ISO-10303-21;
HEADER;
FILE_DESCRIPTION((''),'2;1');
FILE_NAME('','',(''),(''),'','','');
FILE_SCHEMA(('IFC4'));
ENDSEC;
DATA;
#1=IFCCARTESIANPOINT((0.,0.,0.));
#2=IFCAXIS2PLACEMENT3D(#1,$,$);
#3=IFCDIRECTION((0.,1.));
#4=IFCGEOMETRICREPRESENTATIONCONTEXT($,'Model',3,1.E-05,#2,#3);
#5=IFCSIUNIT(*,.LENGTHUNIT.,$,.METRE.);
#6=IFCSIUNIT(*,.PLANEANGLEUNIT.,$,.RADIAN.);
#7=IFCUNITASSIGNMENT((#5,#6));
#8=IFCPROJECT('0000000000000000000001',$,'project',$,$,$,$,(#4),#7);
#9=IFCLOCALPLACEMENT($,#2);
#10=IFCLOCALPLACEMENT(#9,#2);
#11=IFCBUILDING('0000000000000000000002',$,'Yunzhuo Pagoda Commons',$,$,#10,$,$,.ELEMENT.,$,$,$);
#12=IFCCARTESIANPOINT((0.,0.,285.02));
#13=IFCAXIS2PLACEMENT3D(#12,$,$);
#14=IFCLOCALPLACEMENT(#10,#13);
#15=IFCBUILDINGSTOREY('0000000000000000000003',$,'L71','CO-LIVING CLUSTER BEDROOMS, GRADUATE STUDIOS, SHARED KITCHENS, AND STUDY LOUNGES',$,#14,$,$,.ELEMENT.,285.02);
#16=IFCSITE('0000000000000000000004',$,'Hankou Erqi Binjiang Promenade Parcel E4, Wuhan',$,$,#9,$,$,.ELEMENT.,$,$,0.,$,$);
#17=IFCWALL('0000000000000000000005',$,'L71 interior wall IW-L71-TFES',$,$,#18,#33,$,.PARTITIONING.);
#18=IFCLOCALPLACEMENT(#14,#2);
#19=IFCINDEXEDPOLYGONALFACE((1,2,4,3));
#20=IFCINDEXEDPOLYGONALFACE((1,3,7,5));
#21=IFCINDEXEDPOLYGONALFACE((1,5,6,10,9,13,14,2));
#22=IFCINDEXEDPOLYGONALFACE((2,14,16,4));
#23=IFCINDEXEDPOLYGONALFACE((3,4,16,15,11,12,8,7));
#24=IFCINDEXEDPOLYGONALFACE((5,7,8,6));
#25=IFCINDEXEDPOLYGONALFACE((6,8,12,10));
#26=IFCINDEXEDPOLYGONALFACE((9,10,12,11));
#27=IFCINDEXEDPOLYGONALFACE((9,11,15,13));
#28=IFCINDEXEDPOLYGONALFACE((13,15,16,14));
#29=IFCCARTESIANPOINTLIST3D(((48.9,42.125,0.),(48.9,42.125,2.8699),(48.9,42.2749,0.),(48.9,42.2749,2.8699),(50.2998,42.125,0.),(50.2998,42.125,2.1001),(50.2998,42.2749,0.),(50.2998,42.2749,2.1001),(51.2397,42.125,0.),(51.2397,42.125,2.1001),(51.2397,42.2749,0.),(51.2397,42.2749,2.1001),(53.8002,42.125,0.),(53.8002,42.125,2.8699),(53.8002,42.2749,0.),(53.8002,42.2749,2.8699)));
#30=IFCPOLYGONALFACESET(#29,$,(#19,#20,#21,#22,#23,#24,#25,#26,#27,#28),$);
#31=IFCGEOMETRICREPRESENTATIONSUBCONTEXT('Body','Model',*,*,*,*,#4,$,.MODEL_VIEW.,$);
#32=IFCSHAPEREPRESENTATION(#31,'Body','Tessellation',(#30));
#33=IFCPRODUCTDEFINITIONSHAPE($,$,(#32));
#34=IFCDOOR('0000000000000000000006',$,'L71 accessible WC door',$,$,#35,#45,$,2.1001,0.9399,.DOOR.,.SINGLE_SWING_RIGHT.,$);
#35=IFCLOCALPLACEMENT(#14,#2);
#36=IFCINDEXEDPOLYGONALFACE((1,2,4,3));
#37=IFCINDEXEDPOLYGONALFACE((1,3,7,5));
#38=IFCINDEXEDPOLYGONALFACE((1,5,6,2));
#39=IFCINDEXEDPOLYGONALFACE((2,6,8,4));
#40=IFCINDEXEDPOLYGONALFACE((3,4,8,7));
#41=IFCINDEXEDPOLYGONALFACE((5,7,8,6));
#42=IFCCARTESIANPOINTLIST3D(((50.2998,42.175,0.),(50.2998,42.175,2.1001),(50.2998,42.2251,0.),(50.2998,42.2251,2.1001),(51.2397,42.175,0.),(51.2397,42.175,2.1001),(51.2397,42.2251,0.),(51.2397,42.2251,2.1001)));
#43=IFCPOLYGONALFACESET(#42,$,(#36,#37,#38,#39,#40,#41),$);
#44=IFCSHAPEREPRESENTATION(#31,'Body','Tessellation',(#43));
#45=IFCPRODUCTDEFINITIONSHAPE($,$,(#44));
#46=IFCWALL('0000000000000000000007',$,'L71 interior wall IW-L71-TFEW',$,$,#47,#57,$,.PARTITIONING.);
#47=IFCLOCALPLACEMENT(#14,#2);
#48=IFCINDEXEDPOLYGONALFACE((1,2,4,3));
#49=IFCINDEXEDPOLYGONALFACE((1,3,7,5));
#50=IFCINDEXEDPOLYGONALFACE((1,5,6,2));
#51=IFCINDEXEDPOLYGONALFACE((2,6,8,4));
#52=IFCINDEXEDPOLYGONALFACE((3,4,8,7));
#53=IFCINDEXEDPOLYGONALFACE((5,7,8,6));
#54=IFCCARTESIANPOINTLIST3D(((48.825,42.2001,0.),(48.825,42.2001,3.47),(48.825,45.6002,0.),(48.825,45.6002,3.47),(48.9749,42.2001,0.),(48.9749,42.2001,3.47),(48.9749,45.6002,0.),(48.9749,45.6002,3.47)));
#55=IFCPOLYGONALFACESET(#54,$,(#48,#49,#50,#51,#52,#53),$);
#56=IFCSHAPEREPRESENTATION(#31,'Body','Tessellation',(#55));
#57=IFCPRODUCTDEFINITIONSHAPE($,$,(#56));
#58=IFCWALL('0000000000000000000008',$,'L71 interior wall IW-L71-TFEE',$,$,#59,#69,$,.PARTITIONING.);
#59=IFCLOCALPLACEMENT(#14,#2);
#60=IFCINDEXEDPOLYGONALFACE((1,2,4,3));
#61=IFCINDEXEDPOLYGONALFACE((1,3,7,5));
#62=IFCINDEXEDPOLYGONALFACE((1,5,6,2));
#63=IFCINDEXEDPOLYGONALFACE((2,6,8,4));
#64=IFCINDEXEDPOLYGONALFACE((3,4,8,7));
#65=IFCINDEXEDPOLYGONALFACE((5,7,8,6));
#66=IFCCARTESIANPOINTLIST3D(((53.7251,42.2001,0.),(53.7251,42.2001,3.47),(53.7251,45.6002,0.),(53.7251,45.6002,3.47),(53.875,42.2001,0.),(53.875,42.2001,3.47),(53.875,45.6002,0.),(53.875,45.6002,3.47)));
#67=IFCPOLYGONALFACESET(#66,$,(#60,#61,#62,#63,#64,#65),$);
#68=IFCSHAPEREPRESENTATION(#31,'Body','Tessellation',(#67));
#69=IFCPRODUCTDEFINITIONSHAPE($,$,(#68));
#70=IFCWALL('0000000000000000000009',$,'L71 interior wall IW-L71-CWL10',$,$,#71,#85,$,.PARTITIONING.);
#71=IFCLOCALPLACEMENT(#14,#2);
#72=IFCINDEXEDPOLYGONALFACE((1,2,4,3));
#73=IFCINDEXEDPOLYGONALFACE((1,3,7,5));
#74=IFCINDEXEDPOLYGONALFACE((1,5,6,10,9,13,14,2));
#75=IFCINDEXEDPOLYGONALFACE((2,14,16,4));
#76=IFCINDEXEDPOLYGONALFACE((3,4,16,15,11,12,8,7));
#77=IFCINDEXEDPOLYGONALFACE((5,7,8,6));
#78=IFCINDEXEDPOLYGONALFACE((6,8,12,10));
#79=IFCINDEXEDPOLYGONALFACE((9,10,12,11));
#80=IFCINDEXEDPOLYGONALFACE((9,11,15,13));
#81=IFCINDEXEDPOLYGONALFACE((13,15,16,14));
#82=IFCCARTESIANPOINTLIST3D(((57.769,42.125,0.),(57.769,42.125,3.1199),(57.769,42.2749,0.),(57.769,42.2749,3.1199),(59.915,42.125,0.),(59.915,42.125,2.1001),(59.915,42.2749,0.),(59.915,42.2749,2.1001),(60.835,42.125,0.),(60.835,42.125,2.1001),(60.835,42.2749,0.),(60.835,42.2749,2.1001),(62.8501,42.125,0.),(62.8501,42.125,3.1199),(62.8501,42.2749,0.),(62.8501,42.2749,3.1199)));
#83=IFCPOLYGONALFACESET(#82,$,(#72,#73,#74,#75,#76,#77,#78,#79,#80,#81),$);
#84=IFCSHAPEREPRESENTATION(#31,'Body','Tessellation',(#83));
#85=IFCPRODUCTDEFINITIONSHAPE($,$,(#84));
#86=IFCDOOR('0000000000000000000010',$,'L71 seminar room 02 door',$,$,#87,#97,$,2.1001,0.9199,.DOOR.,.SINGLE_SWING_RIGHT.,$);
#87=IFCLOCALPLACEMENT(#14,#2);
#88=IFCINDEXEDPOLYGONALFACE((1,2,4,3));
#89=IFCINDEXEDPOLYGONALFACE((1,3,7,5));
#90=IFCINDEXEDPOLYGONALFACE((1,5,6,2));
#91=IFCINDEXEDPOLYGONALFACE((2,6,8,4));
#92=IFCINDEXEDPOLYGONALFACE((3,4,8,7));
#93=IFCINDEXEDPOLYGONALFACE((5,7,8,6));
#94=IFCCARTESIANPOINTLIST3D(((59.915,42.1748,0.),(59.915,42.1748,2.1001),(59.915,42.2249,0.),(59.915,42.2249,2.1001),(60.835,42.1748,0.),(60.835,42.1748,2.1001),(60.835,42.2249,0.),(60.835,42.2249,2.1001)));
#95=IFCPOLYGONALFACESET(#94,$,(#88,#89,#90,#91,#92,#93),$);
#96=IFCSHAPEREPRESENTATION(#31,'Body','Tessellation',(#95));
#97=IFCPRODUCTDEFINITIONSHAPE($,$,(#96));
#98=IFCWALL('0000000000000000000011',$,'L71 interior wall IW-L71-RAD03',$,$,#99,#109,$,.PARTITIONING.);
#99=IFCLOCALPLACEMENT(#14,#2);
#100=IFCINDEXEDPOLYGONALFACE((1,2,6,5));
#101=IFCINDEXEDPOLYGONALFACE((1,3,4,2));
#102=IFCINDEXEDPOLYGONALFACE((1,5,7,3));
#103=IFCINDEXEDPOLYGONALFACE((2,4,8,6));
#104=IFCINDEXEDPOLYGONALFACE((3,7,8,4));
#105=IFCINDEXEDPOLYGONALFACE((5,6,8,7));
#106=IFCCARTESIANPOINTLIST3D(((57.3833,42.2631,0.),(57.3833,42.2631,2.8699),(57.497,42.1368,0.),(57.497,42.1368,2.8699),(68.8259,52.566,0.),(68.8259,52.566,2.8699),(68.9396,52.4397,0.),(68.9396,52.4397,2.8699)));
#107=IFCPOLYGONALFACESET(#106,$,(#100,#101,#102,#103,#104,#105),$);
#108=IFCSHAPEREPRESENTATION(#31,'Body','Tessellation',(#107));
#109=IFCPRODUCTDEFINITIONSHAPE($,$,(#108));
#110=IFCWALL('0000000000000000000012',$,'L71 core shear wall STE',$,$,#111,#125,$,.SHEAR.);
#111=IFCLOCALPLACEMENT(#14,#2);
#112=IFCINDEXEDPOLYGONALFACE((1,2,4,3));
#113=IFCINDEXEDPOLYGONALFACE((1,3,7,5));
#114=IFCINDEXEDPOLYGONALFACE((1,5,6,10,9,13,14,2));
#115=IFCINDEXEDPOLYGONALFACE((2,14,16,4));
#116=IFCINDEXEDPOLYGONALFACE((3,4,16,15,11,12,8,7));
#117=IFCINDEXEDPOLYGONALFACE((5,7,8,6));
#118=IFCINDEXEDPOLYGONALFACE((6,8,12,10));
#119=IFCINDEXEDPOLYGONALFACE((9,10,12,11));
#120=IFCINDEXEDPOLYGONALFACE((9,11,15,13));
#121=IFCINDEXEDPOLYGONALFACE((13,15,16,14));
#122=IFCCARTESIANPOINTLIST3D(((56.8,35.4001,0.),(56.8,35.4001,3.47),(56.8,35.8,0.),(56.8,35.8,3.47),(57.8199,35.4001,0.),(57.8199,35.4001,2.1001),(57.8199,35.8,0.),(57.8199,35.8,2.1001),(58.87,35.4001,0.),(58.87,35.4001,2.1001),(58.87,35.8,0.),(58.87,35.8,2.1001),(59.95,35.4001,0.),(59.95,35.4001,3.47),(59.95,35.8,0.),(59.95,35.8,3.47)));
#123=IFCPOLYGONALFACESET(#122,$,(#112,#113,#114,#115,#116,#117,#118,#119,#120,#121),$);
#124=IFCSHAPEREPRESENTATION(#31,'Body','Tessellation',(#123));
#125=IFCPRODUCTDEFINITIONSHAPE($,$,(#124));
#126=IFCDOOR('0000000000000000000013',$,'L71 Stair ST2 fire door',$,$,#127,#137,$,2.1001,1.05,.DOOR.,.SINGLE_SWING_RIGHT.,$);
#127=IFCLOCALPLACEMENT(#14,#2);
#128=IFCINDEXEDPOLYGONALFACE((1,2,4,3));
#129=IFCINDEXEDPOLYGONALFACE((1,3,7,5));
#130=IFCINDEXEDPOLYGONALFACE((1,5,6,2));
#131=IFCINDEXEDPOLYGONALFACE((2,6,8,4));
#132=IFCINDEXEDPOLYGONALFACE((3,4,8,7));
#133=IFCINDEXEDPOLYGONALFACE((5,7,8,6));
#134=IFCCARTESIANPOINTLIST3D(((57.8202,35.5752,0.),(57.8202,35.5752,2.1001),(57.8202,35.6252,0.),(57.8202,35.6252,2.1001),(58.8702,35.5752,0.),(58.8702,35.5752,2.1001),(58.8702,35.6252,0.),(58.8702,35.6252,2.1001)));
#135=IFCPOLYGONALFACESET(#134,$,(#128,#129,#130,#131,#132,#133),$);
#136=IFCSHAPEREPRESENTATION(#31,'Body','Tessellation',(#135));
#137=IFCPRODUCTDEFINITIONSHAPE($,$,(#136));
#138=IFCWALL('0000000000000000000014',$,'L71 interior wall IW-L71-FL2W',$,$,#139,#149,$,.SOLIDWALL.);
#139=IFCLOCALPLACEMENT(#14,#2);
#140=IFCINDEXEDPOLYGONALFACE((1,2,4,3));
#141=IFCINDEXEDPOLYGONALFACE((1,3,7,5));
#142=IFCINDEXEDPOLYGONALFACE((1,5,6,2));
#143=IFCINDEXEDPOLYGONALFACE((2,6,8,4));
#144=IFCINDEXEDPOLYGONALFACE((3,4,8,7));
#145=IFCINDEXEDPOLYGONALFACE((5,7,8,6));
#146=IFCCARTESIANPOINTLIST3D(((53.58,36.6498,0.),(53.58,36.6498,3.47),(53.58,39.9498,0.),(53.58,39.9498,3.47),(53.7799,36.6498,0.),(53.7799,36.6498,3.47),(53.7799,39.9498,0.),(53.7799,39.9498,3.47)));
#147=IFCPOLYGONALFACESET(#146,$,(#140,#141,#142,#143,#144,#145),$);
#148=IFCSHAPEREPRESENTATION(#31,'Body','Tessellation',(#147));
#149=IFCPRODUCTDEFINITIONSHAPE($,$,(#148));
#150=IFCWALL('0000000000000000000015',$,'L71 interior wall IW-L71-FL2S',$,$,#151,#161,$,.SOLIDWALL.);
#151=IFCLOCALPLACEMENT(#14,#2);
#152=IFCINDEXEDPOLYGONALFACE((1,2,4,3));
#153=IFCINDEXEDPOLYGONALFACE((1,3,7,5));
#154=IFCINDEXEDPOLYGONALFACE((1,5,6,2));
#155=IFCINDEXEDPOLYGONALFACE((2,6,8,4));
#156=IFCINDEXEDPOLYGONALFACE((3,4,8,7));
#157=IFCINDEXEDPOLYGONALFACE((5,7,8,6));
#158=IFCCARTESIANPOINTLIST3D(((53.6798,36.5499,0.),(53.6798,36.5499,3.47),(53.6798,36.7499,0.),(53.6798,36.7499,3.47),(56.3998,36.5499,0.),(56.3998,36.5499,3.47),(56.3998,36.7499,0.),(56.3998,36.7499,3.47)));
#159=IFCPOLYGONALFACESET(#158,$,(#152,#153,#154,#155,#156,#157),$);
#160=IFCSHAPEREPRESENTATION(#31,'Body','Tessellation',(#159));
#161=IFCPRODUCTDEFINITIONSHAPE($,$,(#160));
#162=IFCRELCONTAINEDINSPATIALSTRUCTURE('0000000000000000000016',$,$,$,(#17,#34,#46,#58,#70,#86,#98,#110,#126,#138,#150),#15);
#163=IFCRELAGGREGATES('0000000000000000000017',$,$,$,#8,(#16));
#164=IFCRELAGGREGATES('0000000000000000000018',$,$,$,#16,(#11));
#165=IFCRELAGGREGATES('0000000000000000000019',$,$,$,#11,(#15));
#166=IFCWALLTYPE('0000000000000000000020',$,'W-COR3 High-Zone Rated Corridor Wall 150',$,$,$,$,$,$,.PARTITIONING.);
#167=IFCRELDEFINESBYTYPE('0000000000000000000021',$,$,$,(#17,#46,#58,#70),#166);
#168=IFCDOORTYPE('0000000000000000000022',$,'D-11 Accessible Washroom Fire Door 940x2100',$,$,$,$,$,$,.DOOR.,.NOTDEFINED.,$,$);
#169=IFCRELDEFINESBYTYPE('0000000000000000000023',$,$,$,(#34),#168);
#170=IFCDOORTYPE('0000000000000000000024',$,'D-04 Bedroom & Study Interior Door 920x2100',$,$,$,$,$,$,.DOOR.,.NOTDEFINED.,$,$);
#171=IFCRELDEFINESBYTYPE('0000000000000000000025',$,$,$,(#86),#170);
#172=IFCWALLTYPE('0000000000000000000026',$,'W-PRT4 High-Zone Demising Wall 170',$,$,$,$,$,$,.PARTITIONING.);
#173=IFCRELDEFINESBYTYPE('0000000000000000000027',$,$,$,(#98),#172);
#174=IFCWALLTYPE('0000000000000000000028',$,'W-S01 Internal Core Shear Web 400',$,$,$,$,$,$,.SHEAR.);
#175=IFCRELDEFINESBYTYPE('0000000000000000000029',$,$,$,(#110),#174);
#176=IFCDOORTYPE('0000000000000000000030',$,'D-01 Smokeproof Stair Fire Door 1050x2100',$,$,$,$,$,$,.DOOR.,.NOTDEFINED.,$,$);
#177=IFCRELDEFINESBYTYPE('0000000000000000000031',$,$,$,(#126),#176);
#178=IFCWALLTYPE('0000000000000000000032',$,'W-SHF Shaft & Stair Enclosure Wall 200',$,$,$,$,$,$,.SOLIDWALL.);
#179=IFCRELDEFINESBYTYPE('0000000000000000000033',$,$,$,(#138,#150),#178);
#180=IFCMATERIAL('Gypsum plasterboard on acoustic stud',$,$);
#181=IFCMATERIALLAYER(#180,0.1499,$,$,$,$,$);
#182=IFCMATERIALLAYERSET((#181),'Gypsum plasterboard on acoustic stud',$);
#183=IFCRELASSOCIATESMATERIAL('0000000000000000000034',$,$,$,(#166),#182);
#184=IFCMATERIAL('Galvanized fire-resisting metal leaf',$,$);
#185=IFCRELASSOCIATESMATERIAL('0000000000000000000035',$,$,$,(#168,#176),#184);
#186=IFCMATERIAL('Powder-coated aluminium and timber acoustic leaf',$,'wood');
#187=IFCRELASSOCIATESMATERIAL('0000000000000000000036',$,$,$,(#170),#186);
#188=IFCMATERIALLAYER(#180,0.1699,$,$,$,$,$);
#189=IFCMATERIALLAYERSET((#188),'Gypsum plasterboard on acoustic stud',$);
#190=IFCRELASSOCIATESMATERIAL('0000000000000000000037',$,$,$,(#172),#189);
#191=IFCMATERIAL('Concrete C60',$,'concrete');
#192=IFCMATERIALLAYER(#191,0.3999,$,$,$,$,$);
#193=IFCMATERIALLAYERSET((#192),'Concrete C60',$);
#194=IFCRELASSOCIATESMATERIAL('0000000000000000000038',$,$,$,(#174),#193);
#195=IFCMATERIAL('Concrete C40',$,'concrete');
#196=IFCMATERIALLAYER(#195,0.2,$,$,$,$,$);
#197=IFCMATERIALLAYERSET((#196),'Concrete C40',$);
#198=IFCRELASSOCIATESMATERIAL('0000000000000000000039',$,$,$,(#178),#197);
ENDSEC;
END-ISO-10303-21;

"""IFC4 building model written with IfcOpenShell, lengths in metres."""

from ifc_helpers import new_model, si_unit, direction, frame, frame_2d, origin, origin_with_axes, place, context, subcontext, project, spatial, rectangle, extrude, source, transform, mapped, material, layer, layer_set, type_object, element, fill, save


model = new_model("IFC4")

# Units and contexts
model_context = context("Model", 3, precision=1e-05, world=origin(), true_north=direction((0.0, 1.0)))
body_context = subcontext(model_context, "Body", "Model", "MODEL_VIEW")
ifc_project = project(units=[si_unit("LENGTHUNIT", "METRE"), si_unit("PLANEANGLEUNIT", "RADIAN")], contexts=[model_context])

# Site, building, storey
site_placement = place(None, origin())
site = spatial("IfcSite", under=ifc_project, at=site_placement, Name="Hankou Erqi Binjiang Promenade Parcel E4, Wuhan", CompositionType="ELEMENT", RefElevation=0.0)
building_placement = place(site_placement, origin())
building = spatial("IfcBuilding", under=site, at=building_placement, Name="Yunzhuo Pagoda Commons", CompositionType="ELEMENT")
storey_placement = place(building_placement, frame((0.0, 0.0, 285.02)))
storey = spatial("IfcBuildingStorey", under=building, at=storey_placement, Name="L71", Description="CO-LIVING CLUSTER BEDROOMS, GRADUATE STUDIOS, SHARED KITCHENS, AND STUDY LOUNGES", CompositionType="ELEMENT", Elevation=285.02)

# Shared definitions
ifc_material_1 = material(Name="Galvanized fire-resisting metal leaf")
shared_shape_1 = source(origin(), body_context, "Body", "SweptSolid", [
    extrude(rectangle(XDim=1.05, YDim=2.1001, at=frame_2d((0.5249, 1.05))), frame((0.0, 0.0249, 0.0), z_axis=(0.0, -1.0, 0.0), x_axis=(1.0, 0.0, 0.0)), (0.0, 0.0, 1.0), 0.05),
])

# Shared definitions
ifc_material_2 = material(Name="Gypsum plasterboard on acoustic stud")
ifc_layer_1 = layer(ifc_material_2, 0.1499)
ifc_layer_set_1 = layer_set([ifc_layer_1], Name="Gypsum plasterboard on acoustic stud")
wall_type_1 = type_object("IfcWallType", Name="W-COR3 High-Zone Rated Corridor Wall 150", PredefinedType="PARTITIONING", material=ifc_layer_set_1)

# Wall, opening, door
wall_1_placement = place(storey_placement, frame((48.8999, 42.2, 0.0), z_axis=(0.0, 0.0, 1.0), x_axis=(1.0, 0.0, 0.0)))
wall_1 = element("IfcWall", 1, at=wall_1_placement, inside=storey, type_object=wall_type_1, Name="L71 interior wall IW-L71-TFES", PredefinedType="PARTITIONING", context=body_context, shape_type="SweptSolid", body=[
    extrude(rectangle(XDim=4.9001, YDim=0.1499, at=frame_2d((2.4502, 0.0))), origin(), (0.0, 0.0, 1.0), 2.8699),
])
opening_1_placement = place(wall_1_placement, frame((1.3999, 0.0, 0.0)))
opening_1 = element("IfcOpeningElement", 2, at=opening_1_placement, cuts=wall_1, PredefinedType="OPENING", context=body_context, shape_type="SweptSolid", body=[
    extrude(rectangle(XDim=0.9399, YDim=2.1001, at=frame_2d((0.47, 1.05))), frame((0.0, 0.085, 0.0), z_axis=(0.0, -1.0, 0.0), x_axis=(1.0, 0.0, 0.0)), (0.0, 0.0, 1.0), 0.1699),
])
door_type_1 = type_object("IfcDoorType", Name="D-11 Accessible Washroom Fire Door 940x2100", OperationType="NOTDEFINED", PredefinedType="DOOR", material=ifc_material_1)
shared_shape_2 = source(origin(), body_context, "Body", "SweptSolid", [
    extrude(rectangle(XDim=0.9399, YDim=2.1001, at=frame_2d((0.47, 1.05))), frame((0.0, 0.0249, 0.0), z_axis=(0.0, -1.0, 0.0), x_axis=(1.0, 0.0, 0.0)), (0.0, 0.0, 1.0), 0.05),
])
door_1_placement = place(opening_1_placement, frame((0.9399, 0.0, 0.0), z_axis=(0.0, 0.0, 1.0), x_axis=(-1.0, 0.0, 0.0)))
door_1 = element("IfcDoor", 3, at=door_1_placement, inside=storey, type_object=door_type_1, Name="L71 accessible WC door", OperationType="SINGLE_SWING_RIGHT", OverallHeight=2.1001, OverallWidth=0.9399, PredefinedType="DOOR", context=body_context, shape_type="MappedRepresentation", body=[
    mapped(shared_shape_2, transform((0.0, 0.0, 0.0), scale=1.0)),
])
fill(opening_1, door_1)

# Walls
for number, where, z_axis, x_axis, name in (
    (4, (48.8999, 42.2, 0.0), (0.0, 0.0, 1.0), (0.0, 1.0, 0.0), "L71 interior wall IW-L71-TFEW"),
    (5, (53.8, 42.2, 0.0), (0.0, 0.0, 1.0), (0.0, 1.0, 0.0), "L71 interior wall IW-L71-TFEE"),
):
    element("IfcWall", number, at=place(storey_placement, frame(where, z_axis=z_axis, x_axis=x_axis)), inside=storey, type_object=wall_type_1, Name=name, PredefinedType="PARTITIONING", context=body_context, shape_type="SweptSolid", body=[
        extrude(rectangle(XDim=3.4001, YDim=0.1499, at=frame_2d((1.7002, 0.0))), origin(), (0.0, 0.0, 1.0), 3.47),
    ])

# Wall, opening, door
wall_2_placement = place(storey_placement, frame((57.769, 42.2, 0.0), z_axis=(0.0, 0.0, 1.0), x_axis=(1.0, 0.0, 0.0)))
wall_2 = element("IfcWall", 6, at=wall_2_placement, inside=storey, type_object=wall_type_1, Name="L71 interior wall IW-L71-CWL10", PredefinedType="PARTITIONING", context=body_context, shape_type="SweptSolid", body=[
    extrude(rectangle(XDim=5.0811, YDim=0.1499, at=frame_2d((2.5405, 0.0))), origin(), (0.0, 0.0, 1.0), 3.1199),
])
opening_2_placement = place(wall_2_placement, frame((2.146, 0.0, 0.0)))
opening_2 = element("IfcOpeningElement", 7, at=opening_2_placement, cuts=wall_2, PredefinedType="OPENING", context=body_context, shape_type="SweptSolid", body=[
    extrude(rectangle(XDim=0.9199, YDim=2.1001, at=frame_2d((0.46, 1.05))), frame((0.0, 0.085, 0.0), z_axis=(0.0, -1.0, 0.0), x_axis=(1.0, 0.0, 0.0)), (0.0, 0.0, 1.0), 0.1699),
])
ifc_material_3 = material(Name="Powder-coated aluminium and timber acoustic leaf", Category="wood")
door_type_2 = type_object("IfcDoorType", Name="D-04 Bedroom & Study Interior Door 920x2100", OperationType="NOTDEFINED", PredefinedType="DOOR", material=ifc_material_3)
shared_shape_3 = source(origin(), body_context, "Body", "SweptSolid", [
    extrude(rectangle(XDim=0.9199, YDim=2.1001, at=frame_2d((0.46, 1.05))), frame((0.0, 0.0249, 0.0), z_axis=(0.0, -1.0, 0.0), x_axis=(1.0, 0.0, 0.0)), (0.0, 0.0, 1.0), 0.05),
])
door_2_placement = place(opening_2_placement, origin_with_axes())
door_2 = element("IfcDoor", 8, at=door_2_placement, inside=storey, type_object=door_type_2, Name="L71 seminar room 02 door", OperationType="SINGLE_SWING_RIGHT", OverallHeight=2.1001, OverallWidth=0.9199, PredefinedType="DOOR", context=body_context, shape_type="MappedRepresentation", body=[
    mapped(shared_shape_3, transform((0.0, 0.0, 0.0), scale=1.0)),
])
fill(opening_2, door_2)

# Wall
ifc_layer_2 = layer(ifc_material_2, 0.1699)
ifc_layer_set_2 = layer_set([ifc_layer_2], Name="Gypsum plasterboard on acoustic stud")
wall_type_2 = type_object("IfcWallType", Name="W-PRT4 High-Zone Demising Wall 170", PredefinedType="PARTITIONING", material=ifc_layer_set_2)
wall_3_placement = place(storey_placement, frame((57.4402, 42.2, 0.0), z_axis=(0.0, 0.0, 1.0), x_axis=(0.743145, 0.66913, 0.0)))
element("IfcWall", 9, at=wall_3_placement, inside=storey, type_object=wall_type_2, Name="L71 interior wall IW-L71-RAD03", PredefinedType="PARTITIONING", context=body_context, shape_type="SweptSolid", body=[
    extrude(rectangle(XDim=15.3975, YDim=0.1699, at=frame_2d((7.6987, 0.0))), origin(), (0.0, 0.0, 1.0), 2.8699),
])

# Wall, opening, door
ifc_material_4 = material(Name="Concrete C60", Category="concrete")
ifc_layer_3 = layer(ifc_material_4, 0.3999)
ifc_layer_set_3 = layer_set([ifc_layer_3], Name="Concrete C60")
wall_type_3 = type_object("IfcWallType", Name="W-S01 Internal Core Shear Web 400", PredefinedType="SHEAR", material=ifc_layer_set_3)
wall_4_placement = place(storey_placement, frame((56.8, 35.6001, 0.0), z_axis=(0.0, 0.0, 1.0), x_axis=(1.0, 0.0, 0.0)))
wall_4 = element("IfcWall", 10, at=wall_4_placement, inside=storey, type_object=wall_type_3, Name="L71 core shear wall STE", PredefinedType="SHEAR", context=body_context, shape_type="SweptSolid", body=[
    extrude(rectangle(XDim=3.1499, YDim=0.3999, at=frame_2d((1.575, 0.0))), origin(), (0.0, 0.0, 1.0), 3.47),
])
opening_3_placement = place(wall_4_placement, frame((1.02, 0.0, 0.0)))
opening_3 = element("IfcOpeningElement", 11, at=opening_3_placement, cuts=wall_4, PredefinedType="OPENING", context=body_context, shape_type="SweptSolid", body=[
    extrude(rectangle(XDim=1.05, YDim=2.1001, at=frame_2d((0.5249, 1.05))), frame((0.0, 0.21, 0.0), z_axis=(0.0, -1.0, 0.0), x_axis=(1.0, 0.0, 0.0)), (0.0, 0.0, 1.0), 0.4199),
])
door_type_3 = type_object("IfcDoorType", Name="D-01 Smokeproof Stair Fire Door 1050x2100", OperationType="NOTDEFINED", PredefinedType="DOOR", material=ifc_material_1)
door_3_placement = place(opening_3_placement, frame((1.05, 0.0, 0.0), z_axis=(0.0, 0.0, 1.0), x_axis=(-1.0, 0.0, 0.0)))
door_3 = element("IfcDoor", 12, at=door_3_placement, inside=storey, type_object=door_type_3, Name="L71 Stair ST2 fire door", OperationType="SINGLE_SWING_RIGHT", OverallHeight=2.1001, OverallWidth=1.05, PredefinedType="DOOR", context=body_context, shape_type="MappedRepresentation", body=[
    mapped(shared_shape_1, transform((0.0, 0.0, 0.0), scale=1.0)),
])
fill(opening_3, door_3)

# Walls
ifc_material_5 = material(Name="Concrete C40", Category="concrete")
ifc_layer_4 = layer(ifc_material_5, 0.2)
ifc_layer_set_4 = layer_set([ifc_layer_4], Name="Concrete C40")
wall_type_4 = type_object("IfcWallType", Name="W-SHF Shaft & Stair Enclosure Wall 200", PredefinedType="SOLIDWALL", material=ifc_layer_set_4)
wall_5_placement = place(storey_placement, frame((53.6799, 36.6499, 0.0), z_axis=(0.0, 0.0, 1.0), x_axis=(0.0, 1.0, 0.0)))
element("IfcWall", 13, at=wall_5_placement, inside=storey, type_object=wall_type_4, Name="L71 interior wall IW-L71-FL2W", PredefinedType="SOLIDWALL", context=body_context, shape_type="SweptSolid", body=[
    extrude(rectangle(XDim=3.3, YDim=0.2, at=frame_2d((1.6499, 0.0))), origin(), (0.0, 0.0, 1.0), 3.47),
])
wall_6_placement = place(storey_placement, frame((53.6799, 36.6499, 0.0), z_axis=(0.0, 0.0, 1.0), x_axis=(1.0, 0.0, 0.0)))
element("IfcWall", 14, at=wall_6_placement, inside=storey, type_object=wall_type_4, Name="L71 interior wall IW-L71-FL2S", PredefinedType="SOLIDWALL", context=body_context, shape_type="SweptSolid", body=[
    extrude(rectangle(XDim=2.72, YDim=0.2, at=frame_2d((1.3599, 0.0))), origin(), (0.0, 0.0, 1.0), 3.47),
])

save(model, "model.ifc")
